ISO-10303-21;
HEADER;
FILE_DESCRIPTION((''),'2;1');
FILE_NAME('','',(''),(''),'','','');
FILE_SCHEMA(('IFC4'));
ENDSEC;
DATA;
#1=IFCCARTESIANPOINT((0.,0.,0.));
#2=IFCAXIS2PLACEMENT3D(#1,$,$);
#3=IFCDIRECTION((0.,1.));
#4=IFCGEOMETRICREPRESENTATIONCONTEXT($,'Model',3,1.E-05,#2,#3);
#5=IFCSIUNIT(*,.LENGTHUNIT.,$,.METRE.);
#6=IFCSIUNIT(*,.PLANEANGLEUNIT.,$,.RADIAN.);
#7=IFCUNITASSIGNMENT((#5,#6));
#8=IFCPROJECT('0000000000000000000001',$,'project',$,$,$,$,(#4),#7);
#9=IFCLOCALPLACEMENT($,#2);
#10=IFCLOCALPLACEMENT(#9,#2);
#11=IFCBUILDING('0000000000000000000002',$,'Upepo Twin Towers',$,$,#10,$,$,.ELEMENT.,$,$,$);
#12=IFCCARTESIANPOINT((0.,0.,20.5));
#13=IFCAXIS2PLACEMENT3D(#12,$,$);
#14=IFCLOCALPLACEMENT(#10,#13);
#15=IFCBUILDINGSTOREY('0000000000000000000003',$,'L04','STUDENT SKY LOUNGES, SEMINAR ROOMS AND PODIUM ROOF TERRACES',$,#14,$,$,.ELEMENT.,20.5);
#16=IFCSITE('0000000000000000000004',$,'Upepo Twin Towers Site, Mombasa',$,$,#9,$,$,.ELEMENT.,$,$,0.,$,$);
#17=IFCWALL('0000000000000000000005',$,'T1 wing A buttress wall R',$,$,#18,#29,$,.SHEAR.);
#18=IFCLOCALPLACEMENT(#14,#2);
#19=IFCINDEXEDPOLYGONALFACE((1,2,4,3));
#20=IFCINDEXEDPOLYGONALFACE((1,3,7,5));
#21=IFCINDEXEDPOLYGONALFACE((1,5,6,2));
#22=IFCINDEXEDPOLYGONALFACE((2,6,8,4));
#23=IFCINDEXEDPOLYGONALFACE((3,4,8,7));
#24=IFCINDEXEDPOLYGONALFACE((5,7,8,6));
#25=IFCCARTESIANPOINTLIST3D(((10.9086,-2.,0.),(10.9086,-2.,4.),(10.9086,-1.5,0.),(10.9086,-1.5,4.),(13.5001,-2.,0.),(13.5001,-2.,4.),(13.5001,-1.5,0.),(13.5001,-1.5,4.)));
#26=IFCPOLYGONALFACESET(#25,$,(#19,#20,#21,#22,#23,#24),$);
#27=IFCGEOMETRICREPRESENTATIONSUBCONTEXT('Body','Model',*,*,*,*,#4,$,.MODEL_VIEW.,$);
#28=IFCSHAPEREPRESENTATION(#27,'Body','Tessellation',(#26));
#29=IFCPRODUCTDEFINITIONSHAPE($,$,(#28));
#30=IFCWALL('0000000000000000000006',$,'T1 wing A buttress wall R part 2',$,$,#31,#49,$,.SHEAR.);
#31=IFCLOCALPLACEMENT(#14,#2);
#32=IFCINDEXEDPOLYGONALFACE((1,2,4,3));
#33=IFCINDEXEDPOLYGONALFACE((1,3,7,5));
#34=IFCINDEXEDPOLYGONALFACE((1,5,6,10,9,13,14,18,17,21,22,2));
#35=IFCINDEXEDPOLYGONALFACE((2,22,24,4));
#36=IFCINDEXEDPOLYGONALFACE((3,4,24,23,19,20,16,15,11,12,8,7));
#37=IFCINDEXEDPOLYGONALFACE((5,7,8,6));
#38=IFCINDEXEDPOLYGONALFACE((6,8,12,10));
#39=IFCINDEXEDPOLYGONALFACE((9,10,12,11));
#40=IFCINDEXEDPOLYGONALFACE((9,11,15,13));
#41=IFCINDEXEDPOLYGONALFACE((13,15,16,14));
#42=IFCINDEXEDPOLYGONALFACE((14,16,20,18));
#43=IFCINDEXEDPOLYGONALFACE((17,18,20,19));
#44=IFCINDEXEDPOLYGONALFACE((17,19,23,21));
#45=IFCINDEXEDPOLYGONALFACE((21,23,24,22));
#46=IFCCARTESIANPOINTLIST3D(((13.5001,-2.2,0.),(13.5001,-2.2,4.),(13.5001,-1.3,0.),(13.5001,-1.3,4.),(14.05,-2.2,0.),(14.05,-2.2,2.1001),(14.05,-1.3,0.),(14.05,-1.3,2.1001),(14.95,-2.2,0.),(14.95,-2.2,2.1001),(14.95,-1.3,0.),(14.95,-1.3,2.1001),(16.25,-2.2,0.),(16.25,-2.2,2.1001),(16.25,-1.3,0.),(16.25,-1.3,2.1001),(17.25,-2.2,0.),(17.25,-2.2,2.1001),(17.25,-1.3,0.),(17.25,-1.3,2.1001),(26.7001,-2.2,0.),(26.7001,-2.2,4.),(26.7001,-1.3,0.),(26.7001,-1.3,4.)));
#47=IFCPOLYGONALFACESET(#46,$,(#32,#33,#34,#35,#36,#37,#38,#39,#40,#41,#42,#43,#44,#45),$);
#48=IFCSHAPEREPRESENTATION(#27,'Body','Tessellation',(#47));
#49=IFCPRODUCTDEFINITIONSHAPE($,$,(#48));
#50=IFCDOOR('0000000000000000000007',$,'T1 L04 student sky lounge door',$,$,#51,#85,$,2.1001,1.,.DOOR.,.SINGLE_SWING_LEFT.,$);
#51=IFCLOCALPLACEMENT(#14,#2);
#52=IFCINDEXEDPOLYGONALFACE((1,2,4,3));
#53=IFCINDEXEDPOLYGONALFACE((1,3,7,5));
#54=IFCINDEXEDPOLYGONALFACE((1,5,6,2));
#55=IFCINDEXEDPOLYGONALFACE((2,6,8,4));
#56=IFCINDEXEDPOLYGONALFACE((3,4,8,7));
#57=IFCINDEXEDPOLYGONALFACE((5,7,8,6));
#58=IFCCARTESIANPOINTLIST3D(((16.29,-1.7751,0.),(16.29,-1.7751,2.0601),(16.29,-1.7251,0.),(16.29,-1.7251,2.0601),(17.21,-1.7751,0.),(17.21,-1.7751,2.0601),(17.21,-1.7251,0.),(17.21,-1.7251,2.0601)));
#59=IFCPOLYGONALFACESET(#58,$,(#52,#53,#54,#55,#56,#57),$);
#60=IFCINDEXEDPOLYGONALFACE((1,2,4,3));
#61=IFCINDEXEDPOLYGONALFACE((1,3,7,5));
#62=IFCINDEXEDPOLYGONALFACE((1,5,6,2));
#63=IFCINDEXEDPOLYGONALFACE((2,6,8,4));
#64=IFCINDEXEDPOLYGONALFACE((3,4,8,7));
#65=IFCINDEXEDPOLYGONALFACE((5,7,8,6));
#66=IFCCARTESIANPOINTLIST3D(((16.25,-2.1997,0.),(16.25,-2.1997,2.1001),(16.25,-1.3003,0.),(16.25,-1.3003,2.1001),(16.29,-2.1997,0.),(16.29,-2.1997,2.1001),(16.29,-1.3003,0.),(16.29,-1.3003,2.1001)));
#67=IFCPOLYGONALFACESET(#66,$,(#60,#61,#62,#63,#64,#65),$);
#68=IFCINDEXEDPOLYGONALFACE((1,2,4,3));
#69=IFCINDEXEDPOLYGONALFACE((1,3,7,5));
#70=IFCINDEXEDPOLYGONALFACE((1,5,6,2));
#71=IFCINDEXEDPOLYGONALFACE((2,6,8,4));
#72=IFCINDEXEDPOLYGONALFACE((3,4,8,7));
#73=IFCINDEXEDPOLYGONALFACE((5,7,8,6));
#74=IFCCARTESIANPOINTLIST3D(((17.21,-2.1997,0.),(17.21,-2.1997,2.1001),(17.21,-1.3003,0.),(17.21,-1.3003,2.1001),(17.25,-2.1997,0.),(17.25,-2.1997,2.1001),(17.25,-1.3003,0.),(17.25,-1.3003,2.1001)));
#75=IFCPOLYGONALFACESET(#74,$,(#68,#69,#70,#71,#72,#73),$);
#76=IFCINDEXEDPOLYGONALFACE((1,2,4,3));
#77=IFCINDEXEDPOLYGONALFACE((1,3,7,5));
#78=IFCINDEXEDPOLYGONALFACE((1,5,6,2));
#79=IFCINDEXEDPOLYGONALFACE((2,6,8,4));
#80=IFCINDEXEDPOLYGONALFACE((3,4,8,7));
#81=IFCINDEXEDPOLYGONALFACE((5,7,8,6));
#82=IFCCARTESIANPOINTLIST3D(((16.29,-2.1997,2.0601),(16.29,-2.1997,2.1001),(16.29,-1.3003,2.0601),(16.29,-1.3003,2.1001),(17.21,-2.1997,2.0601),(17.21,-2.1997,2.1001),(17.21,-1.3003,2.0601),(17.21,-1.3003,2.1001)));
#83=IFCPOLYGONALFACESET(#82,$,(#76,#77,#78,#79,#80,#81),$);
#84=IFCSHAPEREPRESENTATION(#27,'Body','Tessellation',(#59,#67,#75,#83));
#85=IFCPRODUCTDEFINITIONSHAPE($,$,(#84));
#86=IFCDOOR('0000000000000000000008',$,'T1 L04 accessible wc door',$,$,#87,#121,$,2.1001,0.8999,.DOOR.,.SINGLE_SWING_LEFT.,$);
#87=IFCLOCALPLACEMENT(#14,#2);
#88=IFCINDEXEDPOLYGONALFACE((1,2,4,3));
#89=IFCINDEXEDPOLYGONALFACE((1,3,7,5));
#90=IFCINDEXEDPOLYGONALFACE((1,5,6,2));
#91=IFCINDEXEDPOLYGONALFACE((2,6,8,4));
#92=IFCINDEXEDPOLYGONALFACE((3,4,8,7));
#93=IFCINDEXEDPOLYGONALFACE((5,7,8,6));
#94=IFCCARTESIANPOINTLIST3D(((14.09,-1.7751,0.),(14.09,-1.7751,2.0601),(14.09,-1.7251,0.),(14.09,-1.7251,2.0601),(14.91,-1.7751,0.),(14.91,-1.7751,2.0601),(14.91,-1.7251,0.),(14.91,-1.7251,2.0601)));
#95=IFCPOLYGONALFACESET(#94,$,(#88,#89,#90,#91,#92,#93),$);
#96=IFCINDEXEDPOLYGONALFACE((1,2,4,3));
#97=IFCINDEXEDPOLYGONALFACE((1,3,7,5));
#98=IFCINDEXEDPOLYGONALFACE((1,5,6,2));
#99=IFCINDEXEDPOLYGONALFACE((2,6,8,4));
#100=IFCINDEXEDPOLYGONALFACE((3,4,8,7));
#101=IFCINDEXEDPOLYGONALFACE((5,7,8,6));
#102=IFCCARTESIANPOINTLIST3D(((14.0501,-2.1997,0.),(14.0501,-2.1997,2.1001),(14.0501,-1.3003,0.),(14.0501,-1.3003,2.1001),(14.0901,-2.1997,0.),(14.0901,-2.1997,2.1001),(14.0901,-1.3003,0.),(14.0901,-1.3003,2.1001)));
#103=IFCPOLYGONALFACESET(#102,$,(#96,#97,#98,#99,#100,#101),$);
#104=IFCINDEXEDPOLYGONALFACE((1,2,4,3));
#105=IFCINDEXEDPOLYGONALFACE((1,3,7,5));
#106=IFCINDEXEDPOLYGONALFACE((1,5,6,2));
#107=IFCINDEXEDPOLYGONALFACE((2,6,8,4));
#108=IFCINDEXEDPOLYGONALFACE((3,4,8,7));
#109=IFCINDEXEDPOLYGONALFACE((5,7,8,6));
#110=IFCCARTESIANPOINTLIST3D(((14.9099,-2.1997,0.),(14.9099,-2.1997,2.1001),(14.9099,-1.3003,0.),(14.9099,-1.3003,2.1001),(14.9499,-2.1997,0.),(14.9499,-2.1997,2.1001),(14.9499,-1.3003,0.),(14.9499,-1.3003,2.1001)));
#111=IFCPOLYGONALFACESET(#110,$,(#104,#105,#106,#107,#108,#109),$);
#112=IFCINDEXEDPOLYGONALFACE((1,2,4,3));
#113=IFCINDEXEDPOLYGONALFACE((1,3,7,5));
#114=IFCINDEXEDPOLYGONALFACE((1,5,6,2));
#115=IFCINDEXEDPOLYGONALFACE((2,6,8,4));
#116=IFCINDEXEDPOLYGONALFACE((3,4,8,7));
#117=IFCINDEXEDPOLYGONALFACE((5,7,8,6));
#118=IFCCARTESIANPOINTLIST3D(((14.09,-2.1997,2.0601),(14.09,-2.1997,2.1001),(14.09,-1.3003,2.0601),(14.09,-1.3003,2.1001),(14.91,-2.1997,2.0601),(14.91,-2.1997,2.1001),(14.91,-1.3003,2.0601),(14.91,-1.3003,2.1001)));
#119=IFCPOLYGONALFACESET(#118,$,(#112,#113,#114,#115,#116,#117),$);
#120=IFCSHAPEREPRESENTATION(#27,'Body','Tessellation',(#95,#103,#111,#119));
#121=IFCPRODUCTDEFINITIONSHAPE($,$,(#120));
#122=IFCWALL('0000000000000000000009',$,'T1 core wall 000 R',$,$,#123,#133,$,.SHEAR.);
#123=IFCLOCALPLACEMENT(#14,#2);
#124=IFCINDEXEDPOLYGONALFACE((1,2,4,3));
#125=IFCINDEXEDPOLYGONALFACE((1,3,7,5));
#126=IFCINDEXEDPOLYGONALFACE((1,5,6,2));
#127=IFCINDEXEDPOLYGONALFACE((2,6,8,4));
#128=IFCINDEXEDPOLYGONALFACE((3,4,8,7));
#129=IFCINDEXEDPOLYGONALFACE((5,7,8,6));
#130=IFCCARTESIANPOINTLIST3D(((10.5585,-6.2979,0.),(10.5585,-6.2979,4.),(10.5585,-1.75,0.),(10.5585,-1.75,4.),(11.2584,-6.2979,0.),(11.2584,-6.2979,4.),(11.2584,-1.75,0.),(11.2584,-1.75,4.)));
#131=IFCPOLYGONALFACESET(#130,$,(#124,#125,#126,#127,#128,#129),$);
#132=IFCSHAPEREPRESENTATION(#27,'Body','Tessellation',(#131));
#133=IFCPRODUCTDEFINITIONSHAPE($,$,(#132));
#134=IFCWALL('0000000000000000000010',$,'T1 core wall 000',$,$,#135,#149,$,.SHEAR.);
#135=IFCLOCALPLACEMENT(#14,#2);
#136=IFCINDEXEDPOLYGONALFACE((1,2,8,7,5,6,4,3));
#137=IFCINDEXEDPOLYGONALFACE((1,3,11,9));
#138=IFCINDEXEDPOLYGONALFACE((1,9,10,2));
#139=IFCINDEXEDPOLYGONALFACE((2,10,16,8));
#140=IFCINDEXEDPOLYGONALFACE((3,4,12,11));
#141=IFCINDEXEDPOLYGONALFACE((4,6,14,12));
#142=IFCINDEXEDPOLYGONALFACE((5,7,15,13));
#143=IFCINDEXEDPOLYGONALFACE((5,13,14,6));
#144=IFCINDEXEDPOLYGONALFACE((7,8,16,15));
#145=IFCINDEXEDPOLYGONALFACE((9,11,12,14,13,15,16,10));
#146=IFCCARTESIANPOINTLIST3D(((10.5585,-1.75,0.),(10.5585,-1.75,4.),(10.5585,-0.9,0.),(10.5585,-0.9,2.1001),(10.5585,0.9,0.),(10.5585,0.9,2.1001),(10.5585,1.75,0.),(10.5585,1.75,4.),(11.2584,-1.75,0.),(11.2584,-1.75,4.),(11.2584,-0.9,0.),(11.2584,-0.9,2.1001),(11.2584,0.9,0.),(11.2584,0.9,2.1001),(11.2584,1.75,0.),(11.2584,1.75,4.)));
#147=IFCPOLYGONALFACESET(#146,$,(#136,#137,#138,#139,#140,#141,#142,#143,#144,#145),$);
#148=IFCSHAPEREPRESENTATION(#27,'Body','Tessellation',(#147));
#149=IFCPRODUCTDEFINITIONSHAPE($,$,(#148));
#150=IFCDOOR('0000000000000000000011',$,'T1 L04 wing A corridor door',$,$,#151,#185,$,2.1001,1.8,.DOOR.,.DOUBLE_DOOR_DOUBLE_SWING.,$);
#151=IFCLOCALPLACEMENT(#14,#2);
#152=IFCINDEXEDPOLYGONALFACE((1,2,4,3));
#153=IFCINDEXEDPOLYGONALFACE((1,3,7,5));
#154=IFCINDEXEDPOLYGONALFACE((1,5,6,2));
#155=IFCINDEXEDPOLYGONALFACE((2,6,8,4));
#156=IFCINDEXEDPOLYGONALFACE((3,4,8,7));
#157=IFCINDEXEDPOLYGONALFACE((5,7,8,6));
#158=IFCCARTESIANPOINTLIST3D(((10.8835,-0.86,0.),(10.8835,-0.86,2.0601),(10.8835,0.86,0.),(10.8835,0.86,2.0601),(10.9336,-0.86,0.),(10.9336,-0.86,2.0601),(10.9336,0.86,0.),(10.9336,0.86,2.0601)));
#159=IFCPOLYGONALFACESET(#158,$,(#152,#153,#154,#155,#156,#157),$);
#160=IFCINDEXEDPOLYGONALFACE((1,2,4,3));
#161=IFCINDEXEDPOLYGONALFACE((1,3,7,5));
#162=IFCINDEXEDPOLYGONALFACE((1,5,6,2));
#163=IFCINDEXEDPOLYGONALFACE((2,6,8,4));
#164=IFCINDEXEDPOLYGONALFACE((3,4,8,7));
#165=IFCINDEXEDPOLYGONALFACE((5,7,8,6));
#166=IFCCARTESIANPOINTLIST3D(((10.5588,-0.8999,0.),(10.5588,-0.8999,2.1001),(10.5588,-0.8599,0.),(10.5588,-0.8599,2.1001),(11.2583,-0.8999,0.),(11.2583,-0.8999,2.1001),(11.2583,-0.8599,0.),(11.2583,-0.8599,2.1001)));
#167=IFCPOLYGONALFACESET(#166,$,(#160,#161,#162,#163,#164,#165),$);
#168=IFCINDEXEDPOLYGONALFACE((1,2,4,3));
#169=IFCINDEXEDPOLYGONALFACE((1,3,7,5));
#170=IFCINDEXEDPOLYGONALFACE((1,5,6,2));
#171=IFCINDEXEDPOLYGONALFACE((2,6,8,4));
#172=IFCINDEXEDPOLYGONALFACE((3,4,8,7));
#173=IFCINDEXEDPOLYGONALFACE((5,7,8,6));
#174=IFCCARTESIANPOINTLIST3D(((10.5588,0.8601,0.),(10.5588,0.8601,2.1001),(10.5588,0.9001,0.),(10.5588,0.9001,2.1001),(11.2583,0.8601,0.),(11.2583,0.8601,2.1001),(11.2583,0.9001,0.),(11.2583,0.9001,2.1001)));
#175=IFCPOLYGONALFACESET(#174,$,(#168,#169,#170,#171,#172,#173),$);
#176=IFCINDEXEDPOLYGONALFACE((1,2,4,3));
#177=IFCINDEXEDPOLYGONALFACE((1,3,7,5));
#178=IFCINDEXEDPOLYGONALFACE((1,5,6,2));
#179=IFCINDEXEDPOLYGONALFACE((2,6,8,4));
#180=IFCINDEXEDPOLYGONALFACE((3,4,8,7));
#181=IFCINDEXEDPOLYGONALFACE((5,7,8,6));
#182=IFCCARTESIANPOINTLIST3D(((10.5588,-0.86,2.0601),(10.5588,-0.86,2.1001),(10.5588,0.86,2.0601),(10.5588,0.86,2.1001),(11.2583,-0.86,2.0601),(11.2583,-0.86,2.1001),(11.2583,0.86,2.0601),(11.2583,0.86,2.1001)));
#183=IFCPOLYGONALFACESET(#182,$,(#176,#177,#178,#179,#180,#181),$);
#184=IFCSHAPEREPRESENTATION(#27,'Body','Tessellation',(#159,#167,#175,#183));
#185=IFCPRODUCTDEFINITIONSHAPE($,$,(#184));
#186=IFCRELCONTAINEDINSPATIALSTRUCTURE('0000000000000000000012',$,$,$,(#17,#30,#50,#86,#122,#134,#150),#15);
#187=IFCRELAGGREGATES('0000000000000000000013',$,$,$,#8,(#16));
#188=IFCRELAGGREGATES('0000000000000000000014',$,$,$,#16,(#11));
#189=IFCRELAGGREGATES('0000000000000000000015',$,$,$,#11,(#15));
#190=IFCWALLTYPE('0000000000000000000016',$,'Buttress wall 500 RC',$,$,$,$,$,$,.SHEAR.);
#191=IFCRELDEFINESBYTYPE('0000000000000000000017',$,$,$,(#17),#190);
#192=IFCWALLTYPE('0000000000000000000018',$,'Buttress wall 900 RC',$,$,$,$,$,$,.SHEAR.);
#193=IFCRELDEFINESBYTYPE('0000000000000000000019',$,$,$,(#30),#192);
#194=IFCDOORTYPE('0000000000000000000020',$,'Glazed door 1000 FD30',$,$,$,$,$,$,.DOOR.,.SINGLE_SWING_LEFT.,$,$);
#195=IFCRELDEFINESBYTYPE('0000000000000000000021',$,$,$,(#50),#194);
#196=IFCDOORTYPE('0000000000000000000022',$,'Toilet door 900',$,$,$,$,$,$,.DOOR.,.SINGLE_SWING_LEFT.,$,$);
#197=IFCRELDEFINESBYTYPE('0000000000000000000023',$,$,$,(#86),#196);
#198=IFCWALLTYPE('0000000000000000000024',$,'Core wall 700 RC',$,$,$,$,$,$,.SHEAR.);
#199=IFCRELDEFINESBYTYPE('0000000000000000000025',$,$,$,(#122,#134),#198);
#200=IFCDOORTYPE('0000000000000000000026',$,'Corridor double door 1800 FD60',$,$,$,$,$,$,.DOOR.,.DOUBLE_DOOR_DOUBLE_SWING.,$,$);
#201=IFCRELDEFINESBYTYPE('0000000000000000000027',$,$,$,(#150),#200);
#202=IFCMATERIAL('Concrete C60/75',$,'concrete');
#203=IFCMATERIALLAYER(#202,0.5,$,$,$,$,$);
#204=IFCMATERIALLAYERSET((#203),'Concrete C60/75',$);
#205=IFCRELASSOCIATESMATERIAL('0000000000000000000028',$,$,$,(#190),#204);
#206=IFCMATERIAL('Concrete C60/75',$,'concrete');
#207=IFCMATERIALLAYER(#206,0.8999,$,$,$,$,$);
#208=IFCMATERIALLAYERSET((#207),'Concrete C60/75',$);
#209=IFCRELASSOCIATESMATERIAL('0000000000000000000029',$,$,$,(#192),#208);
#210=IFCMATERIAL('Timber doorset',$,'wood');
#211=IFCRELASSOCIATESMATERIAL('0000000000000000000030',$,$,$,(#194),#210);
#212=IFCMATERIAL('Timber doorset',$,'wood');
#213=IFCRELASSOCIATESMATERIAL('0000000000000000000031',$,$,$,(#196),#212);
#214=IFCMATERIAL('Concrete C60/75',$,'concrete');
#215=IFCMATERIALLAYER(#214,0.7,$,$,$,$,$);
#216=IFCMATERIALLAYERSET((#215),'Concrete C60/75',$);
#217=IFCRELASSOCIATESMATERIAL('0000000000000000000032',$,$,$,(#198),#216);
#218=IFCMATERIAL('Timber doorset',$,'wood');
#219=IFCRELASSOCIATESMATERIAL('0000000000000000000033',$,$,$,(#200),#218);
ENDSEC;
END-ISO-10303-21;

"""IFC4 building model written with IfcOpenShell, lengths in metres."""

from ifc_helpers import new_model, si_unit, direction, frame, frame_2d, origin, place, context, subcontext, project, spatial, rectangle, extrude, material, layer, layer_set, type_object, element, fill, save


model = new_model("IFC4")

# Units and contexts
model_context = context("Model", 3, precision=1e-05, world=origin(), true_north=direction((0.0, 1.0)))
body_context = subcontext(model_context, "Body", "Model", "MODEL_VIEW")
ifc_project = project(units=[si_unit("LENGTHUNIT", "METRE"), si_unit("PLANEANGLEUNIT", "RADIAN")], contexts=[model_context])

# Site, building, storey
site_placement = place(None, origin())
site = spatial("IfcSite", under=ifc_project, at=site_placement, Name="Upepo Twin Towers Site, Mombasa", CompositionType="ELEMENT", RefElevation=0.0)
building_placement = place(site_placement, origin())
building = spatial("IfcBuilding", under=site, at=building_placement, Name="Upepo Twin Towers", CompositionType="ELEMENT")
storey_placement = place(building_placement, frame((0.0, 0.0, 20.5)))
storey = spatial("IfcBuildingStorey", under=building, at=storey_placement, Name="L04", Description="STUDENT SKY LOUNGES, SEMINAR ROOMS AND PODIUM ROOF TERRACES", CompositionType="ELEMENT", Elevation=20.5)

# Wall
ifc_material_1 = material(Name="Concrete C60/75", Category="concrete")
ifc_layer_1 = layer(ifc_material_1, 0.5)
ifc_layer_set_1 = layer_set([ifc_layer_1], Name="Concrete C60/75")
wall_type_1 = type_object("IfcWallType", Name="Buttress wall 500 RC", PredefinedType="SHEAR", material=ifc_layer_set_1)
wall_1_placement = place(storey_placement, frame((10.9084, -1.75, 0.0), z_axis=(0.0, 0.0, 1.0), x_axis=(1.0, 0.0, 0.0)))
element("IfcWall", 1, at=wall_1_placement, inside=storey, type_object=wall_type_1, Name="T1 wing A buttress wall R", PredefinedType="SHEAR", context=body_context, shape_type="SweptSolid", body=[
    extrude(rectangle(XDim=2.5916, YDim=0.5, at=frame_2d((1.2959, 0.0))), origin(), (0.0, 0.0, 1.0), 4.0),
])

# Wall, openings, doors
ifc_material_2 = material(Name="Concrete C60/75", Category="concrete")
ifc_layer_2 = layer(ifc_material_2, 0.8999)
ifc_layer_set_2 = layer_set([ifc_layer_2], Name="Concrete C60/75")
wall_type_2 = type_object("IfcWallType", Name="Buttress wall 900 RC", PredefinedType="SHEAR", material=ifc_layer_set_2)
wall_2_placement = place(storey_placement, frame((13.5, -1.75, 0.0), z_axis=(0.0, 0.0, 1.0), x_axis=(1.0, 0.0, 0.0)))
wall_2 = element("IfcWall", 2, at=wall_2_placement, inside=storey, type_object=wall_type_2, Name="T1 wing A buttress wall R part 2", PredefinedType="SHEAR", context=body_context, shape_type="SweptSolid", body=[
    extrude(rectangle(XDim=13.2, YDim=0.8999, at=frame_2d((6.6001, 0.0))), origin(), (0.0, 0.0, 1.0), 4.0),
])
opening_1_placement = place(wall_2_placement, frame((0.55, 0.0, 0.0)))
opening_1 = element("IfcOpeningElement", 3, at=opening_1_placement, cuts=wall_2, PredefinedType="OPENING", context=body_context, shape_type="SweptSolid", body=[
    extrude(rectangle(XDim=0.8999, YDim=2.1001, at=frame_2d((0.45, 1.05))), frame((0.0, 0.46, 0.0), z_axis=(0.0, -1.0, 0.0), x_axis=(1.0, 0.0, 0.0)), (0.0, 0.0, 1.0), 0.9199),
])
opening_2_placement = place(wall_2_placement, frame((2.75, 0.0, 0.0)))
opening_2 = element("IfcOpeningElement", 4, at=opening_2_placement, cuts=wall_2, PredefinedType="OPENING", context=body_context, shape_type="SweptSolid", body=[
    extrude(rectangle(XDim=1.0, YDim=2.1001, at=frame_2d((0.5, 1.05))), frame((0.0, 0.46, 0.0), z_axis=(0.0, -1.0, 0.0), x_axis=(1.0, 0.0, 0.0)), (0.0, 0.0, 1.0), 0.9199),
])
ifc_material_3 = material(Name="Timber doorset", Category="wood")
door_type_1 = type_object("IfcDoorType", Name="Glazed door 1000 FD30", OperationType="SINGLE_SWING_LEFT", PredefinedType="DOOR", material=ifc_material_3)
door_1_placement = place(opening_2_placement, origin())
door_1 = element("IfcDoor", 5, at=door_1_placement, inside=storey, type_object=door_type_1, Name="T1 L04 student sky lounge door", OperationType="SINGLE_SWING_LEFT", OverallHeight=2.1001, OverallWidth=1.0, PredefinedType="DOOR", context=body_context, shape_type="SweptSolid", body=[
    extrude(rectangle(XDim=0.92, YDim=2.0601, at=frame_2d((0.5, 1.03))), frame((0.0, 0.0249, 0.0), z_axis=(0.0, -1.0, 0.0), x_axis=(1.0, 0.0, 0.0)), (0.0, 0.0, 1.0), 0.05),
    extrude(rectangle(XDim=0.04, YDim=2.1001, at=frame_2d((0.02, 1.05))), frame((0.0, 0.4497, 0.0), z_axis=(0.0, -1.0, 0.0), x_axis=(1.0, 0.0, 0.0)), (0.0, 0.0, 1.0), 0.8994),
    extrude(rectangle(XDim=0.04, YDim=2.1001, at=frame_2d((0.98, 1.05))), frame((0.0, 0.4497, 0.0), z_axis=(0.0, -1.0, 0.0), x_axis=(1.0, 0.0, 0.0)), (0.0, 0.0, 1.0), 0.8994),
    extrude(rectangle(XDim=0.92, YDim=0.04, at=frame_2d((0.5, 2.0801))), frame((0.0, 0.4497, 0.0), z_axis=(0.0, -1.0, 0.0), x_axis=(1.0, 0.0, 0.0)), (0.0, 0.0, 1.0), 0.8994),
])
fill(opening_2, door_1)
ifc_material_4 = material(Name="Timber doorset", Category="wood")
door_type_2 = type_object("IfcDoorType", Name="Toilet door 900", OperationType="SINGLE_SWING_LEFT", PredefinedType="DOOR", material=ifc_material_4)
door_2_placement = place(opening_1_placement, origin())
door_2 = element("IfcDoor", 6, at=door_2_placement, inside=storey, type_object=door_type_2, Name="T1 L04 accessible wc door", OperationType="SINGLE_SWING_LEFT", OverallHeight=2.1001, OverallWidth=0.8999, PredefinedType="DOOR", context=body_context, shape_type="SweptSolid", body=[
    extrude(rectangle(XDim=0.8199, YDim=2.0601, at=frame_2d((0.45, 1.03))), frame((0.0, 0.0249, 0.0), z_axis=(0.0, -1.0, 0.0), x_axis=(1.0, 0.0, 0.0)), (0.0, 0.0, 1.0), 0.05),
    extrude(rectangle(XDim=0.04, YDim=2.1001, at=frame_2d((0.02, 1.05))), frame((0.0, 0.4497, 0.0), z_axis=(0.0, -1.0, 0.0), x_axis=(1.0, 0.0, 0.0)), (0.0, 0.0, 1.0), 0.8994),
    extrude(rectangle(XDim=0.04, YDim=2.1001, at=frame_2d((0.8799, 1.05))), frame((0.0, 0.4497, 0.0), z_axis=(0.0, -1.0, 0.0), x_axis=(1.0, 0.0, 0.0)), (0.0, 0.0, 1.0), 0.8994),
    extrude(rectangle(XDim=0.8199, YDim=0.04, at=frame_2d((0.45, 2.0801))), frame((0.0, 0.4497, 0.0), z_axis=(0.0, -1.0, 0.0), x_axis=(1.0, 0.0, 0.0)), (0.0, 0.0, 1.0), 0.8994),
])
fill(opening_1, door_2)

# Wall
ifc_material_5 = material(Name="Concrete C60/75", Category="concrete")
ifc_layer_3 = layer(ifc_material_5, 0.7)
ifc_layer_set_3 = layer_set([ifc_layer_3], Name="Concrete C60/75")
wall_type_3 = type_object("IfcWallType", Name="Core wall 700 RC", PredefinedType="SHEAR", material=ifc_layer_set_3)
wall_3_placement = place(storey_placement, frame((10.9084, -6.2979, 0.0), z_axis=(0.0, 0.0, 1.0), x_axis=(0.0, 1.0, 0.0)))
element("IfcWall", 7, at=wall_3_placement, inside=storey, type_object=wall_type_3, Name="T1 core wall 000 R", PredefinedType="SHEAR", context=body_context, shape_type="SweptSolid", body=[
    extrude(rectangle(XDim=4.5479, YDim=0.7, at=frame_2d((2.2739, 0.0))), origin(), (0.0, 0.0, 1.0), 4.0),
])

# Wall, opening, door
wall_4_placement = place(storey_placement, frame((10.9084, -1.75, 0.0), z_axis=(0.0, 0.0, 1.0), x_axis=(0.0, 1.0, 0.0)))
wall_4 = element("IfcWall", 8, at=wall_4_placement, inside=storey, type_object=wall_type_3, Name="T1 core wall 000", PredefinedType="SHEAR", context=body_context, shape_type="SweptSolid", body=[
    extrude(rectangle(XDim=3.5, YDim=0.7, at=frame_2d((1.75, 0.0))), origin(), (0.0, 0.0, 1.0), 4.0),
])
opening_3_placement = place(wall_4_placement, frame((0.8501, 0.0, 0.0)))
opening_3 = element("IfcOpeningElement", 9, at=opening_3_placement, cuts=wall_4, PredefinedType="OPENING", context=body_context, shape_type="SweptSolid", body=[
    extrude(rectangle(XDim=1.8, YDim=2.1001, at=frame_2d((0.8999, 1.05))), frame((0.0, 0.3599, 0.0), z_axis=(0.0, -1.0, 0.0), x_axis=(1.0, 0.0, 0.0)), (0.0, 0.0, 1.0), 0.72),
])
ifc_material_6 = material(Name="Timber doorset", Category="wood")
door_type_3 = type_object("IfcDoorType", Name="Corridor double door 1800 FD60", OperationType="DOUBLE_DOOR_DOUBLE_SWING", PredefinedType="DOOR", material=ifc_material_6)
door_3_placement = place(opening_3_placement, origin())
door_3 = element("IfcDoor", 10, at=door_3_placement, inside=storey, type_object=door_type_3, Name="T1 L04 wing A corridor door", OperationType="DOUBLE_DOOR_DOUBLE_SWING", OverallHeight=2.1001, OverallWidth=1.8, PredefinedType="DOOR", context=body_context, shape_type="SweptSolid", body=[
    extrude(rectangle(XDim=1.72, YDim=2.0601, at=frame_2d((0.8999, 1.03))), frame((0.0, 0.0249, 0.0), z_axis=(0.0, -1.0, 0.0), x_axis=(1.0, 0.0, 0.0)), (0.0, 0.0, 1.0), 0.05),
    extrude(rectangle(XDim=0.04, YDim=2.1001, at=frame_2d((0.02, 1.05))), frame((0.0, 0.3496, 0.0), z_axis=(0.0, -1.0, 0.0), x_axis=(1.0, 0.0, 0.0)), (0.0, 0.0, 1.0), 0.6995),
    extrude(rectangle(XDim=0.04, YDim=2.1001, at=frame_2d((1.78, 1.05))), frame((0.0, 0.3496, 0.0), z_axis=(0.0, -1.0, 0.0), x_axis=(1.0, 0.0, 0.0)), (0.0, 0.0, 1.0), 0.6995),
    extrude(rectangle(XDim=1.72, YDim=0.04, at=frame_2d((0.8999, 2.0801))), frame((0.0, 0.3496, 0.0), z_axis=(0.0, -1.0, 0.0), x_axis=(1.0, 0.0, 0.0)), (0.0, 0.0, 1.0), 0.6995),
])
fill(opening_3, door_3)

save(model, "model.ifc")
